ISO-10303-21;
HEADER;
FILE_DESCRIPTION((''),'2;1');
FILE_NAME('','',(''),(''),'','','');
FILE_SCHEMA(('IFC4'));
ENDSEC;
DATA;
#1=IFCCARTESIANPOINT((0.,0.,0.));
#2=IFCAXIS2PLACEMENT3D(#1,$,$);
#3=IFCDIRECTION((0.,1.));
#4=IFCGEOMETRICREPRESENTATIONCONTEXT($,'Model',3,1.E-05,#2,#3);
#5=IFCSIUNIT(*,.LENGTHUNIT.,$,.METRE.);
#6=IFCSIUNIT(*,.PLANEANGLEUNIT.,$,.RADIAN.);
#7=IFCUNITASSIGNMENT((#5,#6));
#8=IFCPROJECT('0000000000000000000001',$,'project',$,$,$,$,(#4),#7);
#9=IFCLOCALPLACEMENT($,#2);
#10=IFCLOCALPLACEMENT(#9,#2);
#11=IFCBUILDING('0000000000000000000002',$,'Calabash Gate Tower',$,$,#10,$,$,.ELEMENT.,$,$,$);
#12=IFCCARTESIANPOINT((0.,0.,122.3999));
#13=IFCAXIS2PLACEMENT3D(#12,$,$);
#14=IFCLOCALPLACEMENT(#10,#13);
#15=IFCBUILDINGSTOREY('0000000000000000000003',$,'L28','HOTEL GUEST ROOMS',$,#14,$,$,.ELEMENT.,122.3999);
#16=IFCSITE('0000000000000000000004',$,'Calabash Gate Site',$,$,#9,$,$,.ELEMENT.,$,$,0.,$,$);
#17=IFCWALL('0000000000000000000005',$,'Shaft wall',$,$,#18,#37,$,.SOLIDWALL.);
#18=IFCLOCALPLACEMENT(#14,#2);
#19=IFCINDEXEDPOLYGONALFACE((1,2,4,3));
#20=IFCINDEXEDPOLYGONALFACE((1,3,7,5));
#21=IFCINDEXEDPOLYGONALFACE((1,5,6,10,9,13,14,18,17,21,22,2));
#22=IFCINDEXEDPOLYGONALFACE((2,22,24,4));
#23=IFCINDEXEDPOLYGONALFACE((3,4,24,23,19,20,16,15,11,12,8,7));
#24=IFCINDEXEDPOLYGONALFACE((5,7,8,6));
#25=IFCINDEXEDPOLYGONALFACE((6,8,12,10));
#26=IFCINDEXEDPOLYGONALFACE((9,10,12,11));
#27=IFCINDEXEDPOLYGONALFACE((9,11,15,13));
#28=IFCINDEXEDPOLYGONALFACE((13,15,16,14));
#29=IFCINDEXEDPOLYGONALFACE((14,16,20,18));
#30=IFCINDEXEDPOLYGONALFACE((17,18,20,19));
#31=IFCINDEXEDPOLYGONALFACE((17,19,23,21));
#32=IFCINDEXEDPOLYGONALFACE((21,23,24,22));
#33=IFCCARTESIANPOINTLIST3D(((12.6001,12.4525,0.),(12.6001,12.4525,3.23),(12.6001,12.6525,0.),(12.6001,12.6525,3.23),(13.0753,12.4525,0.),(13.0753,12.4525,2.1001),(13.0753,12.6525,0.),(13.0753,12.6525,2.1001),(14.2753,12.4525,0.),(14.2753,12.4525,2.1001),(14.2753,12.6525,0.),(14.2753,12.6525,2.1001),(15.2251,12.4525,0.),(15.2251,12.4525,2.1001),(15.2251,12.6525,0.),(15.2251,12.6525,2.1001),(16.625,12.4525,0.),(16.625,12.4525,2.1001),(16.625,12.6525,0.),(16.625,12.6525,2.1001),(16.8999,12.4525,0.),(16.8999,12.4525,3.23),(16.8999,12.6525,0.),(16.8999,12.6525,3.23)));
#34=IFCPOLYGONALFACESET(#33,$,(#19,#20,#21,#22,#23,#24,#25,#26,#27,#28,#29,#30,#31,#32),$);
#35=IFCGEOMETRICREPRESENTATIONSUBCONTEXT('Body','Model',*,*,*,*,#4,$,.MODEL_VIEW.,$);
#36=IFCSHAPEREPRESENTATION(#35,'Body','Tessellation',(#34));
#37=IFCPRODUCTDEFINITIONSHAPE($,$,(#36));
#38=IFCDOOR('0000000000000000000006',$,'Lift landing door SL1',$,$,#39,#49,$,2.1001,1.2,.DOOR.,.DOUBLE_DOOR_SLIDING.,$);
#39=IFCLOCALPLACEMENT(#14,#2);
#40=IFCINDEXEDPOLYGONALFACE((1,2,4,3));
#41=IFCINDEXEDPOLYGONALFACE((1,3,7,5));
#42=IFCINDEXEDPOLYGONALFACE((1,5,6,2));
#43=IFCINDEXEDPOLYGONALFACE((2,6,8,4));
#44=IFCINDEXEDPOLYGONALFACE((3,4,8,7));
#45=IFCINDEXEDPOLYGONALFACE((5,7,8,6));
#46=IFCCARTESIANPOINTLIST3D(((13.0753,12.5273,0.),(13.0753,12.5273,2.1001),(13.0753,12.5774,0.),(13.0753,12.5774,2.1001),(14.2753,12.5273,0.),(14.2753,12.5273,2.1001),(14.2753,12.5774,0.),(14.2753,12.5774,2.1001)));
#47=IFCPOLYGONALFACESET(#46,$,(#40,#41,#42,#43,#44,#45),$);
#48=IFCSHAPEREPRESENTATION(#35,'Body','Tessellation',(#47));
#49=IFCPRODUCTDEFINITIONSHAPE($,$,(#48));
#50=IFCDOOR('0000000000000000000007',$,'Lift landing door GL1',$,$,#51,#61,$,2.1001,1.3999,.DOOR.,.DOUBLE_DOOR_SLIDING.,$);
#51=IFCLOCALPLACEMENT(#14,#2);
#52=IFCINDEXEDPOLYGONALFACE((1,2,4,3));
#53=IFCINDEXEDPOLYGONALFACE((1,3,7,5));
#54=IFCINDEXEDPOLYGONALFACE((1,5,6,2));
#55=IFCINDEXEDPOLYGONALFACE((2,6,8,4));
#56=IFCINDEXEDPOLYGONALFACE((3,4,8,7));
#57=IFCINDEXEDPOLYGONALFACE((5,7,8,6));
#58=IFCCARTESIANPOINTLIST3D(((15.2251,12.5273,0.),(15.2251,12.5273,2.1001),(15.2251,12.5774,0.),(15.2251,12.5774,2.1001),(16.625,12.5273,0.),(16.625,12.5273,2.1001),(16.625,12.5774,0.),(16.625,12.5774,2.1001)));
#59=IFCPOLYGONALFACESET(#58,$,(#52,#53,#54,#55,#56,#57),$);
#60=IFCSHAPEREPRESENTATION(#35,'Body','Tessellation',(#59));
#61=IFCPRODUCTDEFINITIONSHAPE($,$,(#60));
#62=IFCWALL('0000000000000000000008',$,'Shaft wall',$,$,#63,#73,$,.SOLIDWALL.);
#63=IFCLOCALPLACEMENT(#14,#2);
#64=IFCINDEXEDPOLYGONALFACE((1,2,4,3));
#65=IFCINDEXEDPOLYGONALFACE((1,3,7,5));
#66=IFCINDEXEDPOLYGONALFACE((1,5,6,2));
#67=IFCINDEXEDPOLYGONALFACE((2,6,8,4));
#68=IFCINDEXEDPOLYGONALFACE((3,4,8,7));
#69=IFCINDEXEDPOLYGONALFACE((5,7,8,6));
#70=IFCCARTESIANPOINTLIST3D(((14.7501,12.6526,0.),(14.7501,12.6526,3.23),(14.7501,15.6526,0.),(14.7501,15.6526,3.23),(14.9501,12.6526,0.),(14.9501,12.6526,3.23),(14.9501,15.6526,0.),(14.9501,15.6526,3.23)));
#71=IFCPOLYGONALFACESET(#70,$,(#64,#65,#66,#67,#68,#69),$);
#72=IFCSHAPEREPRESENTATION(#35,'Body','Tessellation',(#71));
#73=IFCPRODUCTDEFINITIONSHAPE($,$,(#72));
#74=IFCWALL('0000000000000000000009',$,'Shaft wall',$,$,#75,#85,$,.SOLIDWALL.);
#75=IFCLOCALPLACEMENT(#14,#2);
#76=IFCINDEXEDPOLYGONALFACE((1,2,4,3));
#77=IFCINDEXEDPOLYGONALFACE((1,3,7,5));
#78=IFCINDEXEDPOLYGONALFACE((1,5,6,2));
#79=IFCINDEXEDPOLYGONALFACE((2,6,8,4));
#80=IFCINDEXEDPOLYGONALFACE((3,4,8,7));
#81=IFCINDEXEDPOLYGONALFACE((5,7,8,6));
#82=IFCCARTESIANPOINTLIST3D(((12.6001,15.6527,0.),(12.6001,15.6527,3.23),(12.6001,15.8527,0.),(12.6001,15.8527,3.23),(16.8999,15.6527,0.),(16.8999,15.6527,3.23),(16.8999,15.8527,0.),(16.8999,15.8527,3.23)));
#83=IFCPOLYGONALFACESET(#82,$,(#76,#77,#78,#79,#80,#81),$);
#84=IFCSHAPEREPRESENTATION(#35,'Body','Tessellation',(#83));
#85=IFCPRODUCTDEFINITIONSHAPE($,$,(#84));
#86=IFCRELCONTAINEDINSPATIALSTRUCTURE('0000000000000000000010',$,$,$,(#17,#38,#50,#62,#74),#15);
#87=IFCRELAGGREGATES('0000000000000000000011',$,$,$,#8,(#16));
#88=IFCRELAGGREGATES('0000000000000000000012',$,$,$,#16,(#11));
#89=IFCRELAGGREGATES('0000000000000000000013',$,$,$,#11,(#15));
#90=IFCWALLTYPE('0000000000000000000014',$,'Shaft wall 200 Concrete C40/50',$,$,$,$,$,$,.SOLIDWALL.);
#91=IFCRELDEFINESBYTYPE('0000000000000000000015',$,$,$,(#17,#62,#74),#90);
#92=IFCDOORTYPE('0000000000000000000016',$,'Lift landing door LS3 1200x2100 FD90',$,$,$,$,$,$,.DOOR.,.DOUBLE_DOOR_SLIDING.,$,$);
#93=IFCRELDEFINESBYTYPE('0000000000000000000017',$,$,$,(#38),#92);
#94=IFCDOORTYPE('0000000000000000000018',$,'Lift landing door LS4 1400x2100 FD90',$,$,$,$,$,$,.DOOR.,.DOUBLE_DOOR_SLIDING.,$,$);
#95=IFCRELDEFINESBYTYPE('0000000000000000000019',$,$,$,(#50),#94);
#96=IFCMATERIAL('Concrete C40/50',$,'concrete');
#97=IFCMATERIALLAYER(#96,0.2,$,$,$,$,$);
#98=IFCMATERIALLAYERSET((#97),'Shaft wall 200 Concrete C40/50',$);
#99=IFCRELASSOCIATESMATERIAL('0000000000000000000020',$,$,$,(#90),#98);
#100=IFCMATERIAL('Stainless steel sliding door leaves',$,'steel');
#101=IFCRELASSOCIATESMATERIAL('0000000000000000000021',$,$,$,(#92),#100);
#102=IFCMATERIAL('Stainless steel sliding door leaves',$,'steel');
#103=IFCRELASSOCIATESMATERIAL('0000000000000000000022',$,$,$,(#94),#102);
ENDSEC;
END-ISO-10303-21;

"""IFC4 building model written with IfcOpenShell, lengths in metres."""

from ifc_helpers import new_model, si_unit, direction, frame, frame_2d, origin, place, context, subcontext, project, spatial, rectangle, extrude, material, layer, layer_set, type_object, element, fill, save


model = new_model("IFC4")

# Units and contexts
model_context = context("Model", 3, precision=1e-05, world=origin(), true_north=direction((0.0, 1.0)))
body_context = subcontext(model_context, "Body", "Model", "MODEL_VIEW")
ifc_project = project(units=[si_unit("LENGTHUNIT", "METRE"), si_unit("PLANEANGLEUNIT", "RADIAN")], contexts=[model_context])

# Site, building, storey
site_placement = place(None, origin())
site = spatial("IfcSite", under=ifc_project, at=site_placement, Name="Calabash Gate Site", CompositionType="ELEMENT", RefElevation=0.0)
building_placement = place(site_placement, origin())
building = spatial("IfcBuilding", under=site, at=building_placement, Name="Calabash Gate Tower", CompositionType="ELEMENT")
storey_placement = place(building_placement, frame((0.0, 0.0, 122.3999)))
storey = spatial("IfcBuildingStorey", under=building, at=storey_placement, Name="L28", Description="HOTEL GUEST ROOMS", CompositionType="ELEMENT", Elevation=122.3999)

# Wall, openings, doors
ifc_material_1 = material(Name="Concrete C40/50", Category="concrete")
ifc_layer_1 = layer(ifc_material_1, 0.2)
ifc_layer_set_1 = layer_set([ifc_layer_1], Name="Shaft wall 200 Concrete C40/50")
wall_type_1 = type_object("IfcWallType", Name="Shaft wall 200 Concrete C40/50", PredefinedType="SOLIDWALL", material=ifc_layer_set_1)
wall_1_placement = place(storey_placement, frame((12.6001, 12.5525, 0.0), z_axis=(0.0, 0.0, 1.0), x_axis=(1.0, 0.0, 0.0)))
wall_1 = element("IfcWall", 1, at=wall_1_placement, inside=storey, type_object=wall_type_1, Name="Shaft wall", PredefinedType="SOLIDWALL", context=body_context, shape_type="SweptSolid", body=[
    extrude(rectangle(XDim=4.2998, YDim=0.2, at=frame_2d((2.1499, 0.0))), origin(), (0.0, 0.0, 1.0), 3.23),
])
opening_1_placement = place(wall_1_placement, frame((0.4751, 0.0, 0.0)))
opening_1 = element("IfcOpeningElement", 2, at=opening_1_placement, cuts=wall_1, PredefinedType="OPENING", context=body_context, shape_type="SweptSolid", body=[
    extrude(rectangle(XDim=1.2, YDim=2.1001, at=frame_2d((0.6001, 1.05))), frame((0.0, 0.1099, 0.0), z_axis=(0.0, -1.0, 0.0), x_axis=(1.0, 0.0, 0.0)), (0.0, 0.0, 1.0), 0.22),
])
opening_2_placement = place(wall_1_placement, frame((2.625, 0.0, 0.0)))
opening_2 = element("IfcOpeningElement", 3, at=opening_2_placement, cuts=wall_1, PredefinedType="OPENING", context=body_context, shape_type="SweptSolid", body=[
    extrude(rectangle(XDim=1.3999, YDim=2.1001, at=frame_2d((0.7, 1.05))), frame((0.0, 0.1099, 0.0), z_axis=(0.0, -1.0, 0.0), x_axis=(1.0, 0.0, 0.0)), (0.0, 0.0, 1.0), 0.22),
])
ifc_material_2 = material(Name="Stainless steel sliding door leaves", Category="steel")
door_type_1 = type_object("IfcDoorType", Name="Lift landing door LS3 1200x2100 FD90", OperationType="DOUBLE_DOOR_SLIDING", PredefinedType="DOOR", material=ifc_material_2)
door_1_placement = place(opening_1_placement, origin())
door_1 = element("IfcDoor", 4, at=door_1_placement, inside=storey, type_object=door_type_1, Name="Lift landing door SL1", OperationType="DOUBLE_DOOR_SLIDING", OverallHeight=2.1001, OverallWidth=1.2, PredefinedType="DOOR", context=body_context, shape_type="SweptSolid", body=[
    extrude(rectangle(XDim=1.2, YDim=2.1001, at=frame_2d((0.6001, 1.05))), frame((0.0, 0.0249, 0.0), z_axis=(0.0, -1.0, 0.0), x_axis=(1.0, 0.0, 0.0)), (0.0, 0.0, 1.0), 0.05),
])
fill(opening_1, door_1)
ifc_material_3 = material(Name="Stainless steel sliding door leaves", Category="steel")
door_type_2 = type_object("IfcDoorType", Name="Lift landing door LS4 1400x2100 FD90", OperationType="DOUBLE_DOOR_SLIDING", PredefinedType="DOOR", material=ifc_material_3)
door_2_placement = place(opening_2_placement, origin())
door_2 = element("IfcDoor", 5, at=door_2_placement, inside=storey, type_object=door_type_2, Name="Lift landing door GL1", OperationType="DOUBLE_DOOR_SLIDING", OverallHeight=2.1001, OverallWidth=1.3999, PredefinedType="DOOR", context=body_context, shape_type="SweptSolid", body=[
    extrude(rectangle(XDim=1.3999, YDim=2.1001, at=frame_2d((0.7, 1.05))), frame((0.0, 0.0249, 0.0), z_axis=(0.0, -1.0, 0.0), x_axis=(1.0, 0.0, 0.0)), (0.0, 0.0, 1.0), 0.05),
])
fill(opening_2, door_2)

# Walls
wall_2_placement = place(storey_placement, frame((14.8501, 12.6526, 0.0), z_axis=(0.0, 0.0, 1.0), x_axis=(0.0, 1.0, 0.0)))
element("IfcWall", 6, at=wall_2_placement, inside=storey, type_object=wall_type_1, Name="Shaft wall", PredefinedType="SOLIDWALL", context=body_context, shape_type="SweptSolid", body=[
    extrude(rectangle(XDim=3.0, YDim=0.2, at=frame_2d((1.5, 0.0))), origin(), (0.0, 0.0, 1.0), 3.23),
])
wall_3_placement = place(storey_placement, frame((12.6001, 15.7527, 0.0), z_axis=(0.0, 0.0, 1.0), x_axis=(1.0, 0.0, 0.0)))
element("IfcWall", 7, at=wall_3_placement, inside=storey, type_object=wall_type_1, Name="Shaft wall", PredefinedType="SOLIDWALL", context=body_context, shape_type="SweptSolid", body=[
    extrude(rectangle(XDim=4.2998, YDim=0.2, at=frame_2d((2.1499, 0.0))), origin(), (0.0, 0.0, 1.0), 3.23),
])

save(model, "model.ifc")
